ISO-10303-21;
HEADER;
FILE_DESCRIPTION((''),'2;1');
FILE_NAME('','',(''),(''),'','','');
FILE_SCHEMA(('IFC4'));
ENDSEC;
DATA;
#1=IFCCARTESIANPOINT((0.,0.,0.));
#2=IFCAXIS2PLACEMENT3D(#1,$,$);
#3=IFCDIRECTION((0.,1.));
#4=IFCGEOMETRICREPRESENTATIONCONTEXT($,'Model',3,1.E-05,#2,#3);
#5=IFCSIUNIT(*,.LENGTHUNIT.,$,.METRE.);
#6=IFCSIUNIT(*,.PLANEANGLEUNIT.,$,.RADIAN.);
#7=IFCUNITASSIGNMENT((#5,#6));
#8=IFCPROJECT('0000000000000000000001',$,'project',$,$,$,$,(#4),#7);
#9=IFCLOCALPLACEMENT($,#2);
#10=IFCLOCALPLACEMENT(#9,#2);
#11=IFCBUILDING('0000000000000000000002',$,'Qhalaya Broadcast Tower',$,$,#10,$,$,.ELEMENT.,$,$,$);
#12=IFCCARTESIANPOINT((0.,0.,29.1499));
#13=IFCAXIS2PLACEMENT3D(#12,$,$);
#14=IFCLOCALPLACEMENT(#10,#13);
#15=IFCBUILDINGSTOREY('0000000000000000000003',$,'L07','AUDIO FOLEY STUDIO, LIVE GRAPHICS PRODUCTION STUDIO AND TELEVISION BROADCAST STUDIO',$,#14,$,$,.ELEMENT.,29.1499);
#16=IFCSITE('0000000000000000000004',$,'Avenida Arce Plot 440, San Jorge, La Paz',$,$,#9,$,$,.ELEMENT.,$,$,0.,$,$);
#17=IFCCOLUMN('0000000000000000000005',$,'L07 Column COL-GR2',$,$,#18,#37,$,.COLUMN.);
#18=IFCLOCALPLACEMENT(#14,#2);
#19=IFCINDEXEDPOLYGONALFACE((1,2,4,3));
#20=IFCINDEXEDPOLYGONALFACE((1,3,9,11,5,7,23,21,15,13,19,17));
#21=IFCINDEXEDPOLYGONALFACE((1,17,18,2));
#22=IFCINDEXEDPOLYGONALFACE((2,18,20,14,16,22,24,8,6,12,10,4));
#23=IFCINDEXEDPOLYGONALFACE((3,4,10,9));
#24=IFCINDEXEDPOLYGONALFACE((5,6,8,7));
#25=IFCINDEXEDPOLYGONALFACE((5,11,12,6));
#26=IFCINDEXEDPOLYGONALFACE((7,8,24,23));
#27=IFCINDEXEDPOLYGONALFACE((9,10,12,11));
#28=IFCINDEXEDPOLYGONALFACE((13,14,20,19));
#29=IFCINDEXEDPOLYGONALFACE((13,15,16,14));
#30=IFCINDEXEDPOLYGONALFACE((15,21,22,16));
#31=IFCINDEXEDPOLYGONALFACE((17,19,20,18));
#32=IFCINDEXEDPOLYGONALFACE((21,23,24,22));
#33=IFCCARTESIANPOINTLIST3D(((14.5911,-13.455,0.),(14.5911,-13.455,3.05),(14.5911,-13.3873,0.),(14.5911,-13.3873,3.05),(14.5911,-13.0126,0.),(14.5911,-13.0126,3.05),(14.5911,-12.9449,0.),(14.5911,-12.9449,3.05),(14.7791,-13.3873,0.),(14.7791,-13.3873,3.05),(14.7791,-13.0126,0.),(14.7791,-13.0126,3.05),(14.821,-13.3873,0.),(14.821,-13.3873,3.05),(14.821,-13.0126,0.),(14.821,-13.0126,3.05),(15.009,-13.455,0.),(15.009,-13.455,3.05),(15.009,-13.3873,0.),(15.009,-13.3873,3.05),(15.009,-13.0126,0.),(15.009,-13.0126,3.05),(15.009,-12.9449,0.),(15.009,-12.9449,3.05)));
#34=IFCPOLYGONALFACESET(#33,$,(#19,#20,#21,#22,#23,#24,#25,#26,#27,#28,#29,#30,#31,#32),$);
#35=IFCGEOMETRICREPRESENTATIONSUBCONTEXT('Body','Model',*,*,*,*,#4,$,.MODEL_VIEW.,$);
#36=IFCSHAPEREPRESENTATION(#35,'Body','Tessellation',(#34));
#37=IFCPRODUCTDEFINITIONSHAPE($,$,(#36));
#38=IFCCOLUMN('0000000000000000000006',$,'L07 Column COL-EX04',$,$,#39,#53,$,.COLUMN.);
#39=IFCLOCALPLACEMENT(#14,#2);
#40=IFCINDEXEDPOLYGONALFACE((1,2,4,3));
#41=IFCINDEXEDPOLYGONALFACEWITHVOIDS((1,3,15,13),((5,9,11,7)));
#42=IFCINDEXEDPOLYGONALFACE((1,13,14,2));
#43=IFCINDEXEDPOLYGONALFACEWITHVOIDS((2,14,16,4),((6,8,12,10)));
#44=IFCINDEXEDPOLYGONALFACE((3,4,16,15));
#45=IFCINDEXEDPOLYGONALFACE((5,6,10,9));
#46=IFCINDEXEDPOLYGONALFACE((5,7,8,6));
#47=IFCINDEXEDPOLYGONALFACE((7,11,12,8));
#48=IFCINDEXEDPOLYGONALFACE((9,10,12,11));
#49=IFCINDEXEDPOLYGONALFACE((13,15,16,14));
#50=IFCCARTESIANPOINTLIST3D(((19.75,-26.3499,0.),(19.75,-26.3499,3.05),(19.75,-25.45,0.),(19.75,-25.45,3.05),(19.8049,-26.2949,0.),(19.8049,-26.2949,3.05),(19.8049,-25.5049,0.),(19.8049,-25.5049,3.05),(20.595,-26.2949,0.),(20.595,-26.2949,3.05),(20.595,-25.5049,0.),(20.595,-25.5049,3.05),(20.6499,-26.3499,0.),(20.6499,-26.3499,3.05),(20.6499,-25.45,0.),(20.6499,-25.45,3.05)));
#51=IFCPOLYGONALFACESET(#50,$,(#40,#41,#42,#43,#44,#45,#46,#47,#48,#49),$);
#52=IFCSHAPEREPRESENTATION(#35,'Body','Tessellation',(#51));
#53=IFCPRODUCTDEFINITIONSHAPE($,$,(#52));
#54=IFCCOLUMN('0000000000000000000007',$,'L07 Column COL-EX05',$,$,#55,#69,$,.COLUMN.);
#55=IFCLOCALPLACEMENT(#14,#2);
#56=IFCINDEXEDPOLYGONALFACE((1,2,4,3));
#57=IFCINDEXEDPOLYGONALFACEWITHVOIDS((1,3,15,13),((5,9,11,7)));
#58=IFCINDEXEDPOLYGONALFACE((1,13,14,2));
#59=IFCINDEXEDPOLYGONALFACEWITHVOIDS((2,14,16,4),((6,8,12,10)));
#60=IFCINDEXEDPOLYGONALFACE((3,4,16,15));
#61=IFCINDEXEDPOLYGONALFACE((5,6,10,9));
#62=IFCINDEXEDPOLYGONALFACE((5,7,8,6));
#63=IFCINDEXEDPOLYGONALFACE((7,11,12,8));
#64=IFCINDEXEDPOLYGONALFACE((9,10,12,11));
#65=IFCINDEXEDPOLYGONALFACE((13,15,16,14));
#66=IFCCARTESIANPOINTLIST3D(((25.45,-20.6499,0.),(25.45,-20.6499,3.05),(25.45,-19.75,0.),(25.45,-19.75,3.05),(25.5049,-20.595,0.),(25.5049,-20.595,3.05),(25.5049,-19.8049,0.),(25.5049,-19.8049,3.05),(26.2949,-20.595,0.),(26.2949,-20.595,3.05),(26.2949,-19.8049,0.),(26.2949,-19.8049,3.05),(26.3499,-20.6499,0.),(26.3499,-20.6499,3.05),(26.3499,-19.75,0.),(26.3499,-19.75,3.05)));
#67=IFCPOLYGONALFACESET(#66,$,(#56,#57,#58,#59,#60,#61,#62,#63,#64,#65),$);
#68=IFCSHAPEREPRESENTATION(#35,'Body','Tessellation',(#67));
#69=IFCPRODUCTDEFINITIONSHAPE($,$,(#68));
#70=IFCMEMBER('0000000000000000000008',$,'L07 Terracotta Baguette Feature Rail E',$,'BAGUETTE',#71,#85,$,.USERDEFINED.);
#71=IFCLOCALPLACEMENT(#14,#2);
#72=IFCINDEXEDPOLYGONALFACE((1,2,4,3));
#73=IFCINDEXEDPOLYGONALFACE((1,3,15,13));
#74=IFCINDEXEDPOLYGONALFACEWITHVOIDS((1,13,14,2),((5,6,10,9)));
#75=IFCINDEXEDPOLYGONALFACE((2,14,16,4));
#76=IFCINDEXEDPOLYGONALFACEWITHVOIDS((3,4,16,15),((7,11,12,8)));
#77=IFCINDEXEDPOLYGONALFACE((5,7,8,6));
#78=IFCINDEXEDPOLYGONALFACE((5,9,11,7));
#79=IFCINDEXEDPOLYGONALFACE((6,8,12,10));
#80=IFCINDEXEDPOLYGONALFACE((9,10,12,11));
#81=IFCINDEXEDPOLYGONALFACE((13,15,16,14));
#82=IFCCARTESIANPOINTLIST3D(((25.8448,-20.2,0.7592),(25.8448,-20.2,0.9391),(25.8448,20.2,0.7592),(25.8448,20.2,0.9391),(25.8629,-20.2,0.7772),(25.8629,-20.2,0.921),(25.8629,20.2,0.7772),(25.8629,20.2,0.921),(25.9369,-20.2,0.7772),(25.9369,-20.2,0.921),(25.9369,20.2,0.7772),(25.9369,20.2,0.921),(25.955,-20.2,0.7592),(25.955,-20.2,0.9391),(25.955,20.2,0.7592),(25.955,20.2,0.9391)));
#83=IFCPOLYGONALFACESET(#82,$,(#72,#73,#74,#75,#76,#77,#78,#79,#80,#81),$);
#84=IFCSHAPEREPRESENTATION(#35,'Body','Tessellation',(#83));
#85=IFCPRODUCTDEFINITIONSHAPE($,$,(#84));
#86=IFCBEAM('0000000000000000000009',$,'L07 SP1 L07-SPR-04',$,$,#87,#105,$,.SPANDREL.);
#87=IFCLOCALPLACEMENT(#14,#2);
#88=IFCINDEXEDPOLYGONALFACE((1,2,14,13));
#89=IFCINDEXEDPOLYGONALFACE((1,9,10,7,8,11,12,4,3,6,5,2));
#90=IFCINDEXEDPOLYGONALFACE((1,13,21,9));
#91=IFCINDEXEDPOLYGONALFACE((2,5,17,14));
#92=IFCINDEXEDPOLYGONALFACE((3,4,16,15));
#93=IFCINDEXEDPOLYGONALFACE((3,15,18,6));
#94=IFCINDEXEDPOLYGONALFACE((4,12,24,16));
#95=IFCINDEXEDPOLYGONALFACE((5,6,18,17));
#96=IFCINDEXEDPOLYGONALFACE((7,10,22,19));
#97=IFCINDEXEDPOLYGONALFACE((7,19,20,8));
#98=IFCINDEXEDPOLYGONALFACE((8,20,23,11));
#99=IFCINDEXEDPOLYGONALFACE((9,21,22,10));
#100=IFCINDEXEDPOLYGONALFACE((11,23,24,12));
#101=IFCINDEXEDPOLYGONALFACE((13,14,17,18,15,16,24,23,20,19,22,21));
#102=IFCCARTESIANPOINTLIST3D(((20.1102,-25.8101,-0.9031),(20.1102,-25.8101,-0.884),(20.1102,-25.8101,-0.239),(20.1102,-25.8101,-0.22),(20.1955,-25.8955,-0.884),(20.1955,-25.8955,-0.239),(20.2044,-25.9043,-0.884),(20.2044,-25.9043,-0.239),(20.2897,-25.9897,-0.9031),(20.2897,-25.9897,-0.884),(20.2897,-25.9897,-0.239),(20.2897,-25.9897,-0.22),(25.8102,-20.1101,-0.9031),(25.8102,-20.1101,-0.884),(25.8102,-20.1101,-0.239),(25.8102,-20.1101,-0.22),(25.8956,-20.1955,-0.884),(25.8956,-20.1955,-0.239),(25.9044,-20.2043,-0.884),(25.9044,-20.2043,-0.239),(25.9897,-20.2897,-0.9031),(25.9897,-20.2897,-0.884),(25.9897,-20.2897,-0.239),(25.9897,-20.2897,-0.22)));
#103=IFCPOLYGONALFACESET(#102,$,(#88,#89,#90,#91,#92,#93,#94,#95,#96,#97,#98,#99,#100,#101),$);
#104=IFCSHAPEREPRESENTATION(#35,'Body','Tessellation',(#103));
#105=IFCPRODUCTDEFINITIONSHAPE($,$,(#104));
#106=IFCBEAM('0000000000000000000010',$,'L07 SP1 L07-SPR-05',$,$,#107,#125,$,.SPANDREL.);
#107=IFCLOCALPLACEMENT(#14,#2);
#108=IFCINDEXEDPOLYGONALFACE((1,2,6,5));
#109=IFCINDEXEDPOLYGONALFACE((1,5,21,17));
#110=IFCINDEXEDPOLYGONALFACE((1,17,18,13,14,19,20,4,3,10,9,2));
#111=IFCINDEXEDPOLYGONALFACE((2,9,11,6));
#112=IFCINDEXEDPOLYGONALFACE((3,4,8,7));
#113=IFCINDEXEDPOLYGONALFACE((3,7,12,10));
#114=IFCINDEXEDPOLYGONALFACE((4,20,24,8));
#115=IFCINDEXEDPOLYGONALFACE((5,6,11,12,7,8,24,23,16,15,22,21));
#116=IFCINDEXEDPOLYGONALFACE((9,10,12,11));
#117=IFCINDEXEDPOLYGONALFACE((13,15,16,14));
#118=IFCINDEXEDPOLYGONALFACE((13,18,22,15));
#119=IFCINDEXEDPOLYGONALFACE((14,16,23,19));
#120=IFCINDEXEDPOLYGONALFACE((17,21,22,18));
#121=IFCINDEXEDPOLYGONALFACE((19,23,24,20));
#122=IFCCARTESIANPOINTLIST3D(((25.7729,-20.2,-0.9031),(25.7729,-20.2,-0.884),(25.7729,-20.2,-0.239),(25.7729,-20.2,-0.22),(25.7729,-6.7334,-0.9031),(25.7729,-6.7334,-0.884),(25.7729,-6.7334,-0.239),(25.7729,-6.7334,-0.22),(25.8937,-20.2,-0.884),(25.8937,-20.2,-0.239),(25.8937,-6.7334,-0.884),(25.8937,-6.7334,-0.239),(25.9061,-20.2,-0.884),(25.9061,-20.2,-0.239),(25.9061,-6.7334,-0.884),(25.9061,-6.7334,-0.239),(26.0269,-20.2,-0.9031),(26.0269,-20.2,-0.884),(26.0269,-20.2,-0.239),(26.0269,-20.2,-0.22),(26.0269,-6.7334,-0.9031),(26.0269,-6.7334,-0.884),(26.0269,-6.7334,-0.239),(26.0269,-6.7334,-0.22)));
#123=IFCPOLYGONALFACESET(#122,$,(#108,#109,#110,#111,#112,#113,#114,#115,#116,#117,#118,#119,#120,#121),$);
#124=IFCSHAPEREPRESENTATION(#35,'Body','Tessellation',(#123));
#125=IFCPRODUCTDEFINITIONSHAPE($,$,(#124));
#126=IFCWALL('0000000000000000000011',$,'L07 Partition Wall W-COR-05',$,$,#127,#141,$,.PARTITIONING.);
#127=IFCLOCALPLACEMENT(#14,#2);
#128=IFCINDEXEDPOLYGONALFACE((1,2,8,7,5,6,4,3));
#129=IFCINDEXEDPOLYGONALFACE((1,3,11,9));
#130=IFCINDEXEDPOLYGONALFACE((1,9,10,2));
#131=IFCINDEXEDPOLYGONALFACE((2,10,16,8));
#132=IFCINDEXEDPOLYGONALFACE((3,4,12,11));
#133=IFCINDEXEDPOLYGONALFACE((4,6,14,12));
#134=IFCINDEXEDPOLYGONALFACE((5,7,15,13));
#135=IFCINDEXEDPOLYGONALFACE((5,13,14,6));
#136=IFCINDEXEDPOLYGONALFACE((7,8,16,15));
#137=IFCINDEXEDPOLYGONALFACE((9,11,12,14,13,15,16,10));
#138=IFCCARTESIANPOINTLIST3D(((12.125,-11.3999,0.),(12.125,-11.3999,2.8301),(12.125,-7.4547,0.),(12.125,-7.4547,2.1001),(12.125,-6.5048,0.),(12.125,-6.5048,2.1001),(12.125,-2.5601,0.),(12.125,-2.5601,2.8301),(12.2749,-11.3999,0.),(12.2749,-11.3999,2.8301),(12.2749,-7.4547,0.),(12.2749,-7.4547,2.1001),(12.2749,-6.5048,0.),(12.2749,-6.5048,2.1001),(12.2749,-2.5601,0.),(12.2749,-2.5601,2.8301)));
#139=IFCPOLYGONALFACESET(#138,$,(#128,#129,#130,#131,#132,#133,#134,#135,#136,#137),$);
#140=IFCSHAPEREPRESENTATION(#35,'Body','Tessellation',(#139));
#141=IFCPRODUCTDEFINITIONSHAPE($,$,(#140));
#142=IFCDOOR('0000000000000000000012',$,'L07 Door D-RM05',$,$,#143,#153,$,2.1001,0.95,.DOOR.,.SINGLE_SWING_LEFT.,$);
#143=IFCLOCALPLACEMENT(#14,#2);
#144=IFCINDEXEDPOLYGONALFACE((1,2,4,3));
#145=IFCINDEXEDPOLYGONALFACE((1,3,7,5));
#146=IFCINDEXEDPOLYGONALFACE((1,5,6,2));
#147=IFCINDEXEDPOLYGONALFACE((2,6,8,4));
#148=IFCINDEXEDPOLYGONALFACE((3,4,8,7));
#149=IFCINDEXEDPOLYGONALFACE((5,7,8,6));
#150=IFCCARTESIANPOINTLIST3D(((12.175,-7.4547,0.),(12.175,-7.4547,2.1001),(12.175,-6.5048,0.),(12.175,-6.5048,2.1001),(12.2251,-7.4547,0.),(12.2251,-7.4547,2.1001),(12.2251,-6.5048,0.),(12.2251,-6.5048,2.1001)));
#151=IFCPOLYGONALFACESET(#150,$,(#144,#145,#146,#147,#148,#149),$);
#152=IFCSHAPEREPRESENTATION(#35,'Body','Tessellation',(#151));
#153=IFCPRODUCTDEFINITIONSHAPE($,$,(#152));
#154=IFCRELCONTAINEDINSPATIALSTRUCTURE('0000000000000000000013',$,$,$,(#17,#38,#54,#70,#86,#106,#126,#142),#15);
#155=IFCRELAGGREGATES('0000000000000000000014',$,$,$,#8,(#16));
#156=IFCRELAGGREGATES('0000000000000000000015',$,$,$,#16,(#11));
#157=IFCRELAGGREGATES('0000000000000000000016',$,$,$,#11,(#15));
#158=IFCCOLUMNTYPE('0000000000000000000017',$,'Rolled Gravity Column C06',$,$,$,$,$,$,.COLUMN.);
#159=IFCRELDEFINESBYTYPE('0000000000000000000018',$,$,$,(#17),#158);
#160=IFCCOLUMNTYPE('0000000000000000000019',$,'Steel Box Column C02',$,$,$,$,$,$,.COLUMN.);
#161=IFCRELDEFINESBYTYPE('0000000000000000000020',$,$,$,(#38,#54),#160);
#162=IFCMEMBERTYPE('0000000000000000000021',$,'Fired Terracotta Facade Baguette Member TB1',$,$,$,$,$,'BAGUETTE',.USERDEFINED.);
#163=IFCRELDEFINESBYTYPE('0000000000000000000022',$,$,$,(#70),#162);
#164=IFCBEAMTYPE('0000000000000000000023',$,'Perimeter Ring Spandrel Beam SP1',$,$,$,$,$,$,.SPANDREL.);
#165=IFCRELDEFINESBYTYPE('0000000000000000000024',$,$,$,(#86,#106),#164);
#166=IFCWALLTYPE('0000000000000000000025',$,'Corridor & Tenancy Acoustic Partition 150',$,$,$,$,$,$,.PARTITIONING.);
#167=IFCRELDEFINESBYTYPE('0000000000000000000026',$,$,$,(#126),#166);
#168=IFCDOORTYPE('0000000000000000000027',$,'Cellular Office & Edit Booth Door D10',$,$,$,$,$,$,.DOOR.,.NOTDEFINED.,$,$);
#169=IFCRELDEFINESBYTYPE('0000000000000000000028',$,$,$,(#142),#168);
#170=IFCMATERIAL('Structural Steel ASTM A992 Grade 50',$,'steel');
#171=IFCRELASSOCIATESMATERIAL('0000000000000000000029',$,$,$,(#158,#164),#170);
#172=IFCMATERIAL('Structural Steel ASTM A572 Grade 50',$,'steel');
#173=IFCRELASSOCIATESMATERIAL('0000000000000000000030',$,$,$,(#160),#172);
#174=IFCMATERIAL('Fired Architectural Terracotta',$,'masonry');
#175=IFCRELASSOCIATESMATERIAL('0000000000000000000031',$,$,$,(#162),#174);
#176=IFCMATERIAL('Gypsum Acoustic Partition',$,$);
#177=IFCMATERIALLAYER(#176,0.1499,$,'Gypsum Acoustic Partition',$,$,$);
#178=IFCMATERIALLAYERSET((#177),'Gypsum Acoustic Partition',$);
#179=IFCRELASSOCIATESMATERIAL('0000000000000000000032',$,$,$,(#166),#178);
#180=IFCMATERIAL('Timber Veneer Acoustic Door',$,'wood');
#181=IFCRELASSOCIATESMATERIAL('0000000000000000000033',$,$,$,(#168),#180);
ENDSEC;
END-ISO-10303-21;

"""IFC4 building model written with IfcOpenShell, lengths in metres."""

from ifc_helpers import new_model, si_unit, direction, frame, frame_2d, origin, origin_2d, place, context, subcontext, project, spatial, rectangle, hollow_rectangle, i_section, extrude, material, layer, layer_set, material_profile, profile_set, type_object, element, fill, save


model = new_model("IFC4")

# Units and contexts
model_context = context("Model", 3, precision=1e-05, world=origin(), true_north=direction((0.0, 1.0)))
body_context = subcontext(model_context, "Body", "Model", "MODEL_VIEW")
ifc_project = project(units=[si_unit("LENGTHUNIT", "METRE"), si_unit("PLANEANGLEUNIT", "RADIAN")], contexts=[model_context])

# Site, building, storey
site_placement = place(None, origin())
site = spatial("IfcSite", under=ifc_project, at=site_placement, Name="Avenida Arce Plot 440, San Jorge, La Paz", CompositionType="ELEMENT", RefElevation=0.0)
building_placement = place(site_placement, origin())
building = spatial("IfcBuilding", under=site, at=building_placement, Name="Qhalaya Broadcast Tower", CompositionType="ELEMENT")
storey_placement = place(building_placement, frame((0.0, 0.0, 29.1499)))
storey = spatial("IfcBuildingStorey", under=building, at=storey_placement, Name="L07", Description="AUDIO FOLEY STUDIO, LIVE GRAPHICS PRODUCTION STUDIO AND TELEVISION BROADCAST STUDIO", CompositionType="ELEMENT", Elevation=29.1499)

# Columns
ifc_material_1 = material(Name="Structural Steel ASTM A992 Grade 50", Category="steel")
ifc_material_profile_1 = material_profile(ifc_material_1, i_section(OverallWidth=0.418, OverallDepth=0.51, WebThickness=0.042, FlangeThickness=0.0676, at=origin_2d()), Name="W14X370")
ifc_profile_set_1 = profile_set([ifc_material_profile_1], Name="Structural Steel ASTM A992 Grade 50")
column_type_1 = type_object("IfcColumnType", Name="Rolled Gravity Column C06", PredefinedType="COLUMN", material=ifc_profile_set_1)
column_placement = place(storey_placement, frame((14.8, -13.2, 0.0), z_axis=(0.0, 0.0, 1.0), x_axis=(1.0, 0.0, 0.0)))
element("IfcColumn", 1, at=column_placement, inside=storey, type_object=column_type_1, Name="L07 Column COL-GR2", PredefinedType="COLUMN", context=body_context, shape_type="SweptSolid", body=[
    extrude(i_section(OverallWidth=0.418, OverallDepth=0.51, WebThickness=0.042, FlangeThickness=0.0676, at=origin_2d()), origin(), (0.0, 0.0, 1.0), 3.05),
])
ifc_material_2 = material(Name="Structural Steel ASTM A572 Grade 50", Category="steel")
ifc_material_profile_2 = material_profile(ifc_material_2, hollow_rectangle(XDim=0.8999, YDim=0.8999, WallThickness=0.0549, at=origin_2d()), Name="BOX 900x900x55")
ifc_profile_set_2 = profile_set([ifc_material_profile_2], Name="Structural Steel ASTM A572 Grade 50")
column_type_2 = type_object("IfcColumnType", Name="Steel Box Column C02", PredefinedType="COLUMN", material=ifc_profile_set_2)
for number, where, z_axis, x_axis, name in (
    (2, (20.2, -25.8999, 0.0), (0.0, 0.0, 1.0), (1.0, 0.0, 0.0), "L07 Column COL-EX04"),
    (3, (25.8999, -20.2, 0.0), (0.0, 0.0, 1.0), (0.0, 1.0, 0.0), "L07 Column COL-EX05"),
):
    element("IfcColumn", number, at=place(storey_placement, frame(where, z_axis=z_axis, x_axis=x_axis)), inside=storey, type_object=column_type_2, Name=name, PredefinedType="COLUMN", context=body_context, shape_type="SweptSolid", body=[
        extrude(hollow_rectangle(XDim=0.8999, YDim=0.8999, WallThickness=0.0549, at=origin_2d()), origin(), (0.0, 0.0, 1.0), 3.05),
    ])

# Member
ifc_material_3 = material(Name="Fired Architectural Terracotta", Category="masonry")
ifc_material_profile_3 = material_profile(ifc_material_3, hollow_rectangle(XDim=0.1101, YDim=0.1799, WallThickness=0.0181, at=origin_2d()), Name="TB-BAG 110x180x18")
ifc_profile_set_3 = profile_set([ifc_material_profile_3], Name="Fired Architectural Terracotta")
member_type = type_object("IfcMemberType", Name="Fired Terracotta Facade Baguette Member TB1", ElementType="BAGUETTE", PredefinedType="USERDEFINED", material=ifc_profile_set_3)
member_placement = place(storey_placement, frame((25.8999, -20.2, 0.8491), z_axis=(0.0, 1.0, 0.0), x_axis=(-1.0, 0.0, 0.0)))
element("IfcMember", 4, at=member_placement, inside=storey, type_object=member_type, Name="L07 Terracotta Baguette Feature Rail E", ObjectType="BAGUETTE", PredefinedType="USERDEFINED", context=body_context, shape_type="SweptSolid", body=[
    extrude(hollow_rectangle(XDim=0.1101, YDim=0.1799, WallThickness=0.0181, at=origin_2d()), origin(), (0.0, 0.0, 1.0), 40.3999),
])

# Beams
ifc_material_profile_4 = material_profile(ifc_material_1, i_section(OverallWidth=0.2539, OverallDepth=0.6831, WebThickness=0.0125, FlangeThickness=0.019, at=origin_2d()), Name="W27X94")
ifc_profile_set_4 = profile_set([ifc_material_profile_4], Name="Structural Steel ASTM A992 Grade 50")
beam_type = type_object("IfcBeamType", Name="Perimeter Ring Spandrel Beam SP1", PredefinedType="SPANDREL", material=ifc_profile_set_4)
beam_1_placement = place(storey_placement, frame((20.2, -25.8999, -0.5615), z_axis=(0.707107, 0.707107, 0.0), x_axis=(-0.707107, 0.707107, 0.0)))
element("IfcBeam", 5, at=beam_1_placement, inside=storey, type_object=beam_type, Name="L07 SP1 L07-SPR-04", PredefinedType="SPANDREL", context=body_context, shape_type="SweptSolid", body=[
    extrude(i_section(OverallWidth=0.2539, OverallDepth=0.6831, WebThickness=0.0125, FlangeThickness=0.019, at=origin_2d()), origin(), (0.0, 0.0, 1.0), 8.061),
])
beam_2_placement = place(storey_placement, frame((25.8999, -20.2, -0.5615), z_axis=(0.0, 1.0, 0.0), x_axis=(-1.0, 0.0, 0.0)))
element("IfcBeam", 6, at=beam_2_placement, inside=storey, type_object=beam_type, Name="L07 SP1 L07-SPR-05", PredefinedType="SPANDREL", context=body_context, shape_type="SweptSolid", body=[
    extrude(i_section(OverallWidth=0.2539, OverallDepth=0.6831, WebThickness=0.0125, FlangeThickness=0.019, at=origin_2d()), origin(), (0.0, 0.0, 1.0), 13.4666),
])

# Wall, opening, door
ifc_material_4 = material(Name="Gypsum Acoustic Partition")
ifc_layer_1 = layer(ifc_material_4, 0.1499, Name="Gypsum Acoustic Partition")
ifc_layer_set_1 = layer_set([ifc_layer_1], Name="Gypsum Acoustic Partition")
wall_type_1 = type_object("IfcWallType", Name="Corridor & Tenancy Acoustic Partition 150", PredefinedType="PARTITIONING", material=ifc_layer_set_1)
wall_1_placement = place(storey_placement, frame((12.2, -11.3999, 0.0), z_axis=(0.0, 0.0, 1.0), x_axis=(0.0, 1.0, 0.0)))
wall_1 = element("IfcWall", 7, at=wall_1_placement, inside=storey, type_object=wall_type_1, Name="L07 Partition Wall W-COR-05", PredefinedType="PARTITIONING", context=body_context, shape_type="SweptSolid", body=[
    extrude(rectangle(XDim=8.8398, YDim=0.1499, at=frame_2d((4.4199, 0.0))), origin(), (0.0, 0.0, 1.0), 2.8301),
])
opening_1_placement = place(wall_1_placement, frame((3.9451, 0.0, 0.0)))
opening_1 = element("IfcOpeningElement", 8, at=opening_1_placement, cuts=wall_1, PredefinedType="OPENING", context=body_context, shape_type="SweptSolid", body=[
    extrude(rectangle(XDim=0.95, YDim=2.1001, at=frame_2d((0.4751, 1.05))), frame((0.0, 0.0869, 0.0), z_axis=(0.0, -1.0, 0.0), x_axis=(1.0, 0.0, 0.0)), (0.0, 0.0, 1.0), 0.1738),
])
ifc_material_5 = material(Name="Timber Veneer Acoustic Door", Category="wood")
door_type = type_object("IfcDoorType", Name="Cellular Office & Edit Booth Door D10", OperationType="NOTDEFINED", PredefinedType="DOOR", material=ifc_material_5)
door_placement = place(opening_1_placement, origin())
door = element("IfcDoor", 9, at=door_placement, inside=storey, type_object=door_type, Name="L07 Door D-RM05", OperationType="SINGLE_SWING_LEFT", OverallHeight=2.1001, OverallWidth=0.95, PredefinedType="DOOR", context=body_context, shape_type="SweptSolid", body=[
    extrude(rectangle(XDim=0.95, YDim=2.1001, at=frame_2d((0.4751, 1.05))), frame((0.0, 0.0249, 0.0), z_axis=(0.0, -1.0, 0.0), x_axis=(1.0, 0.0, 0.0)), (0.0, 0.0, 1.0), 0.05),
])
fill(opening_1, door)

save(model, "model.ifc")
